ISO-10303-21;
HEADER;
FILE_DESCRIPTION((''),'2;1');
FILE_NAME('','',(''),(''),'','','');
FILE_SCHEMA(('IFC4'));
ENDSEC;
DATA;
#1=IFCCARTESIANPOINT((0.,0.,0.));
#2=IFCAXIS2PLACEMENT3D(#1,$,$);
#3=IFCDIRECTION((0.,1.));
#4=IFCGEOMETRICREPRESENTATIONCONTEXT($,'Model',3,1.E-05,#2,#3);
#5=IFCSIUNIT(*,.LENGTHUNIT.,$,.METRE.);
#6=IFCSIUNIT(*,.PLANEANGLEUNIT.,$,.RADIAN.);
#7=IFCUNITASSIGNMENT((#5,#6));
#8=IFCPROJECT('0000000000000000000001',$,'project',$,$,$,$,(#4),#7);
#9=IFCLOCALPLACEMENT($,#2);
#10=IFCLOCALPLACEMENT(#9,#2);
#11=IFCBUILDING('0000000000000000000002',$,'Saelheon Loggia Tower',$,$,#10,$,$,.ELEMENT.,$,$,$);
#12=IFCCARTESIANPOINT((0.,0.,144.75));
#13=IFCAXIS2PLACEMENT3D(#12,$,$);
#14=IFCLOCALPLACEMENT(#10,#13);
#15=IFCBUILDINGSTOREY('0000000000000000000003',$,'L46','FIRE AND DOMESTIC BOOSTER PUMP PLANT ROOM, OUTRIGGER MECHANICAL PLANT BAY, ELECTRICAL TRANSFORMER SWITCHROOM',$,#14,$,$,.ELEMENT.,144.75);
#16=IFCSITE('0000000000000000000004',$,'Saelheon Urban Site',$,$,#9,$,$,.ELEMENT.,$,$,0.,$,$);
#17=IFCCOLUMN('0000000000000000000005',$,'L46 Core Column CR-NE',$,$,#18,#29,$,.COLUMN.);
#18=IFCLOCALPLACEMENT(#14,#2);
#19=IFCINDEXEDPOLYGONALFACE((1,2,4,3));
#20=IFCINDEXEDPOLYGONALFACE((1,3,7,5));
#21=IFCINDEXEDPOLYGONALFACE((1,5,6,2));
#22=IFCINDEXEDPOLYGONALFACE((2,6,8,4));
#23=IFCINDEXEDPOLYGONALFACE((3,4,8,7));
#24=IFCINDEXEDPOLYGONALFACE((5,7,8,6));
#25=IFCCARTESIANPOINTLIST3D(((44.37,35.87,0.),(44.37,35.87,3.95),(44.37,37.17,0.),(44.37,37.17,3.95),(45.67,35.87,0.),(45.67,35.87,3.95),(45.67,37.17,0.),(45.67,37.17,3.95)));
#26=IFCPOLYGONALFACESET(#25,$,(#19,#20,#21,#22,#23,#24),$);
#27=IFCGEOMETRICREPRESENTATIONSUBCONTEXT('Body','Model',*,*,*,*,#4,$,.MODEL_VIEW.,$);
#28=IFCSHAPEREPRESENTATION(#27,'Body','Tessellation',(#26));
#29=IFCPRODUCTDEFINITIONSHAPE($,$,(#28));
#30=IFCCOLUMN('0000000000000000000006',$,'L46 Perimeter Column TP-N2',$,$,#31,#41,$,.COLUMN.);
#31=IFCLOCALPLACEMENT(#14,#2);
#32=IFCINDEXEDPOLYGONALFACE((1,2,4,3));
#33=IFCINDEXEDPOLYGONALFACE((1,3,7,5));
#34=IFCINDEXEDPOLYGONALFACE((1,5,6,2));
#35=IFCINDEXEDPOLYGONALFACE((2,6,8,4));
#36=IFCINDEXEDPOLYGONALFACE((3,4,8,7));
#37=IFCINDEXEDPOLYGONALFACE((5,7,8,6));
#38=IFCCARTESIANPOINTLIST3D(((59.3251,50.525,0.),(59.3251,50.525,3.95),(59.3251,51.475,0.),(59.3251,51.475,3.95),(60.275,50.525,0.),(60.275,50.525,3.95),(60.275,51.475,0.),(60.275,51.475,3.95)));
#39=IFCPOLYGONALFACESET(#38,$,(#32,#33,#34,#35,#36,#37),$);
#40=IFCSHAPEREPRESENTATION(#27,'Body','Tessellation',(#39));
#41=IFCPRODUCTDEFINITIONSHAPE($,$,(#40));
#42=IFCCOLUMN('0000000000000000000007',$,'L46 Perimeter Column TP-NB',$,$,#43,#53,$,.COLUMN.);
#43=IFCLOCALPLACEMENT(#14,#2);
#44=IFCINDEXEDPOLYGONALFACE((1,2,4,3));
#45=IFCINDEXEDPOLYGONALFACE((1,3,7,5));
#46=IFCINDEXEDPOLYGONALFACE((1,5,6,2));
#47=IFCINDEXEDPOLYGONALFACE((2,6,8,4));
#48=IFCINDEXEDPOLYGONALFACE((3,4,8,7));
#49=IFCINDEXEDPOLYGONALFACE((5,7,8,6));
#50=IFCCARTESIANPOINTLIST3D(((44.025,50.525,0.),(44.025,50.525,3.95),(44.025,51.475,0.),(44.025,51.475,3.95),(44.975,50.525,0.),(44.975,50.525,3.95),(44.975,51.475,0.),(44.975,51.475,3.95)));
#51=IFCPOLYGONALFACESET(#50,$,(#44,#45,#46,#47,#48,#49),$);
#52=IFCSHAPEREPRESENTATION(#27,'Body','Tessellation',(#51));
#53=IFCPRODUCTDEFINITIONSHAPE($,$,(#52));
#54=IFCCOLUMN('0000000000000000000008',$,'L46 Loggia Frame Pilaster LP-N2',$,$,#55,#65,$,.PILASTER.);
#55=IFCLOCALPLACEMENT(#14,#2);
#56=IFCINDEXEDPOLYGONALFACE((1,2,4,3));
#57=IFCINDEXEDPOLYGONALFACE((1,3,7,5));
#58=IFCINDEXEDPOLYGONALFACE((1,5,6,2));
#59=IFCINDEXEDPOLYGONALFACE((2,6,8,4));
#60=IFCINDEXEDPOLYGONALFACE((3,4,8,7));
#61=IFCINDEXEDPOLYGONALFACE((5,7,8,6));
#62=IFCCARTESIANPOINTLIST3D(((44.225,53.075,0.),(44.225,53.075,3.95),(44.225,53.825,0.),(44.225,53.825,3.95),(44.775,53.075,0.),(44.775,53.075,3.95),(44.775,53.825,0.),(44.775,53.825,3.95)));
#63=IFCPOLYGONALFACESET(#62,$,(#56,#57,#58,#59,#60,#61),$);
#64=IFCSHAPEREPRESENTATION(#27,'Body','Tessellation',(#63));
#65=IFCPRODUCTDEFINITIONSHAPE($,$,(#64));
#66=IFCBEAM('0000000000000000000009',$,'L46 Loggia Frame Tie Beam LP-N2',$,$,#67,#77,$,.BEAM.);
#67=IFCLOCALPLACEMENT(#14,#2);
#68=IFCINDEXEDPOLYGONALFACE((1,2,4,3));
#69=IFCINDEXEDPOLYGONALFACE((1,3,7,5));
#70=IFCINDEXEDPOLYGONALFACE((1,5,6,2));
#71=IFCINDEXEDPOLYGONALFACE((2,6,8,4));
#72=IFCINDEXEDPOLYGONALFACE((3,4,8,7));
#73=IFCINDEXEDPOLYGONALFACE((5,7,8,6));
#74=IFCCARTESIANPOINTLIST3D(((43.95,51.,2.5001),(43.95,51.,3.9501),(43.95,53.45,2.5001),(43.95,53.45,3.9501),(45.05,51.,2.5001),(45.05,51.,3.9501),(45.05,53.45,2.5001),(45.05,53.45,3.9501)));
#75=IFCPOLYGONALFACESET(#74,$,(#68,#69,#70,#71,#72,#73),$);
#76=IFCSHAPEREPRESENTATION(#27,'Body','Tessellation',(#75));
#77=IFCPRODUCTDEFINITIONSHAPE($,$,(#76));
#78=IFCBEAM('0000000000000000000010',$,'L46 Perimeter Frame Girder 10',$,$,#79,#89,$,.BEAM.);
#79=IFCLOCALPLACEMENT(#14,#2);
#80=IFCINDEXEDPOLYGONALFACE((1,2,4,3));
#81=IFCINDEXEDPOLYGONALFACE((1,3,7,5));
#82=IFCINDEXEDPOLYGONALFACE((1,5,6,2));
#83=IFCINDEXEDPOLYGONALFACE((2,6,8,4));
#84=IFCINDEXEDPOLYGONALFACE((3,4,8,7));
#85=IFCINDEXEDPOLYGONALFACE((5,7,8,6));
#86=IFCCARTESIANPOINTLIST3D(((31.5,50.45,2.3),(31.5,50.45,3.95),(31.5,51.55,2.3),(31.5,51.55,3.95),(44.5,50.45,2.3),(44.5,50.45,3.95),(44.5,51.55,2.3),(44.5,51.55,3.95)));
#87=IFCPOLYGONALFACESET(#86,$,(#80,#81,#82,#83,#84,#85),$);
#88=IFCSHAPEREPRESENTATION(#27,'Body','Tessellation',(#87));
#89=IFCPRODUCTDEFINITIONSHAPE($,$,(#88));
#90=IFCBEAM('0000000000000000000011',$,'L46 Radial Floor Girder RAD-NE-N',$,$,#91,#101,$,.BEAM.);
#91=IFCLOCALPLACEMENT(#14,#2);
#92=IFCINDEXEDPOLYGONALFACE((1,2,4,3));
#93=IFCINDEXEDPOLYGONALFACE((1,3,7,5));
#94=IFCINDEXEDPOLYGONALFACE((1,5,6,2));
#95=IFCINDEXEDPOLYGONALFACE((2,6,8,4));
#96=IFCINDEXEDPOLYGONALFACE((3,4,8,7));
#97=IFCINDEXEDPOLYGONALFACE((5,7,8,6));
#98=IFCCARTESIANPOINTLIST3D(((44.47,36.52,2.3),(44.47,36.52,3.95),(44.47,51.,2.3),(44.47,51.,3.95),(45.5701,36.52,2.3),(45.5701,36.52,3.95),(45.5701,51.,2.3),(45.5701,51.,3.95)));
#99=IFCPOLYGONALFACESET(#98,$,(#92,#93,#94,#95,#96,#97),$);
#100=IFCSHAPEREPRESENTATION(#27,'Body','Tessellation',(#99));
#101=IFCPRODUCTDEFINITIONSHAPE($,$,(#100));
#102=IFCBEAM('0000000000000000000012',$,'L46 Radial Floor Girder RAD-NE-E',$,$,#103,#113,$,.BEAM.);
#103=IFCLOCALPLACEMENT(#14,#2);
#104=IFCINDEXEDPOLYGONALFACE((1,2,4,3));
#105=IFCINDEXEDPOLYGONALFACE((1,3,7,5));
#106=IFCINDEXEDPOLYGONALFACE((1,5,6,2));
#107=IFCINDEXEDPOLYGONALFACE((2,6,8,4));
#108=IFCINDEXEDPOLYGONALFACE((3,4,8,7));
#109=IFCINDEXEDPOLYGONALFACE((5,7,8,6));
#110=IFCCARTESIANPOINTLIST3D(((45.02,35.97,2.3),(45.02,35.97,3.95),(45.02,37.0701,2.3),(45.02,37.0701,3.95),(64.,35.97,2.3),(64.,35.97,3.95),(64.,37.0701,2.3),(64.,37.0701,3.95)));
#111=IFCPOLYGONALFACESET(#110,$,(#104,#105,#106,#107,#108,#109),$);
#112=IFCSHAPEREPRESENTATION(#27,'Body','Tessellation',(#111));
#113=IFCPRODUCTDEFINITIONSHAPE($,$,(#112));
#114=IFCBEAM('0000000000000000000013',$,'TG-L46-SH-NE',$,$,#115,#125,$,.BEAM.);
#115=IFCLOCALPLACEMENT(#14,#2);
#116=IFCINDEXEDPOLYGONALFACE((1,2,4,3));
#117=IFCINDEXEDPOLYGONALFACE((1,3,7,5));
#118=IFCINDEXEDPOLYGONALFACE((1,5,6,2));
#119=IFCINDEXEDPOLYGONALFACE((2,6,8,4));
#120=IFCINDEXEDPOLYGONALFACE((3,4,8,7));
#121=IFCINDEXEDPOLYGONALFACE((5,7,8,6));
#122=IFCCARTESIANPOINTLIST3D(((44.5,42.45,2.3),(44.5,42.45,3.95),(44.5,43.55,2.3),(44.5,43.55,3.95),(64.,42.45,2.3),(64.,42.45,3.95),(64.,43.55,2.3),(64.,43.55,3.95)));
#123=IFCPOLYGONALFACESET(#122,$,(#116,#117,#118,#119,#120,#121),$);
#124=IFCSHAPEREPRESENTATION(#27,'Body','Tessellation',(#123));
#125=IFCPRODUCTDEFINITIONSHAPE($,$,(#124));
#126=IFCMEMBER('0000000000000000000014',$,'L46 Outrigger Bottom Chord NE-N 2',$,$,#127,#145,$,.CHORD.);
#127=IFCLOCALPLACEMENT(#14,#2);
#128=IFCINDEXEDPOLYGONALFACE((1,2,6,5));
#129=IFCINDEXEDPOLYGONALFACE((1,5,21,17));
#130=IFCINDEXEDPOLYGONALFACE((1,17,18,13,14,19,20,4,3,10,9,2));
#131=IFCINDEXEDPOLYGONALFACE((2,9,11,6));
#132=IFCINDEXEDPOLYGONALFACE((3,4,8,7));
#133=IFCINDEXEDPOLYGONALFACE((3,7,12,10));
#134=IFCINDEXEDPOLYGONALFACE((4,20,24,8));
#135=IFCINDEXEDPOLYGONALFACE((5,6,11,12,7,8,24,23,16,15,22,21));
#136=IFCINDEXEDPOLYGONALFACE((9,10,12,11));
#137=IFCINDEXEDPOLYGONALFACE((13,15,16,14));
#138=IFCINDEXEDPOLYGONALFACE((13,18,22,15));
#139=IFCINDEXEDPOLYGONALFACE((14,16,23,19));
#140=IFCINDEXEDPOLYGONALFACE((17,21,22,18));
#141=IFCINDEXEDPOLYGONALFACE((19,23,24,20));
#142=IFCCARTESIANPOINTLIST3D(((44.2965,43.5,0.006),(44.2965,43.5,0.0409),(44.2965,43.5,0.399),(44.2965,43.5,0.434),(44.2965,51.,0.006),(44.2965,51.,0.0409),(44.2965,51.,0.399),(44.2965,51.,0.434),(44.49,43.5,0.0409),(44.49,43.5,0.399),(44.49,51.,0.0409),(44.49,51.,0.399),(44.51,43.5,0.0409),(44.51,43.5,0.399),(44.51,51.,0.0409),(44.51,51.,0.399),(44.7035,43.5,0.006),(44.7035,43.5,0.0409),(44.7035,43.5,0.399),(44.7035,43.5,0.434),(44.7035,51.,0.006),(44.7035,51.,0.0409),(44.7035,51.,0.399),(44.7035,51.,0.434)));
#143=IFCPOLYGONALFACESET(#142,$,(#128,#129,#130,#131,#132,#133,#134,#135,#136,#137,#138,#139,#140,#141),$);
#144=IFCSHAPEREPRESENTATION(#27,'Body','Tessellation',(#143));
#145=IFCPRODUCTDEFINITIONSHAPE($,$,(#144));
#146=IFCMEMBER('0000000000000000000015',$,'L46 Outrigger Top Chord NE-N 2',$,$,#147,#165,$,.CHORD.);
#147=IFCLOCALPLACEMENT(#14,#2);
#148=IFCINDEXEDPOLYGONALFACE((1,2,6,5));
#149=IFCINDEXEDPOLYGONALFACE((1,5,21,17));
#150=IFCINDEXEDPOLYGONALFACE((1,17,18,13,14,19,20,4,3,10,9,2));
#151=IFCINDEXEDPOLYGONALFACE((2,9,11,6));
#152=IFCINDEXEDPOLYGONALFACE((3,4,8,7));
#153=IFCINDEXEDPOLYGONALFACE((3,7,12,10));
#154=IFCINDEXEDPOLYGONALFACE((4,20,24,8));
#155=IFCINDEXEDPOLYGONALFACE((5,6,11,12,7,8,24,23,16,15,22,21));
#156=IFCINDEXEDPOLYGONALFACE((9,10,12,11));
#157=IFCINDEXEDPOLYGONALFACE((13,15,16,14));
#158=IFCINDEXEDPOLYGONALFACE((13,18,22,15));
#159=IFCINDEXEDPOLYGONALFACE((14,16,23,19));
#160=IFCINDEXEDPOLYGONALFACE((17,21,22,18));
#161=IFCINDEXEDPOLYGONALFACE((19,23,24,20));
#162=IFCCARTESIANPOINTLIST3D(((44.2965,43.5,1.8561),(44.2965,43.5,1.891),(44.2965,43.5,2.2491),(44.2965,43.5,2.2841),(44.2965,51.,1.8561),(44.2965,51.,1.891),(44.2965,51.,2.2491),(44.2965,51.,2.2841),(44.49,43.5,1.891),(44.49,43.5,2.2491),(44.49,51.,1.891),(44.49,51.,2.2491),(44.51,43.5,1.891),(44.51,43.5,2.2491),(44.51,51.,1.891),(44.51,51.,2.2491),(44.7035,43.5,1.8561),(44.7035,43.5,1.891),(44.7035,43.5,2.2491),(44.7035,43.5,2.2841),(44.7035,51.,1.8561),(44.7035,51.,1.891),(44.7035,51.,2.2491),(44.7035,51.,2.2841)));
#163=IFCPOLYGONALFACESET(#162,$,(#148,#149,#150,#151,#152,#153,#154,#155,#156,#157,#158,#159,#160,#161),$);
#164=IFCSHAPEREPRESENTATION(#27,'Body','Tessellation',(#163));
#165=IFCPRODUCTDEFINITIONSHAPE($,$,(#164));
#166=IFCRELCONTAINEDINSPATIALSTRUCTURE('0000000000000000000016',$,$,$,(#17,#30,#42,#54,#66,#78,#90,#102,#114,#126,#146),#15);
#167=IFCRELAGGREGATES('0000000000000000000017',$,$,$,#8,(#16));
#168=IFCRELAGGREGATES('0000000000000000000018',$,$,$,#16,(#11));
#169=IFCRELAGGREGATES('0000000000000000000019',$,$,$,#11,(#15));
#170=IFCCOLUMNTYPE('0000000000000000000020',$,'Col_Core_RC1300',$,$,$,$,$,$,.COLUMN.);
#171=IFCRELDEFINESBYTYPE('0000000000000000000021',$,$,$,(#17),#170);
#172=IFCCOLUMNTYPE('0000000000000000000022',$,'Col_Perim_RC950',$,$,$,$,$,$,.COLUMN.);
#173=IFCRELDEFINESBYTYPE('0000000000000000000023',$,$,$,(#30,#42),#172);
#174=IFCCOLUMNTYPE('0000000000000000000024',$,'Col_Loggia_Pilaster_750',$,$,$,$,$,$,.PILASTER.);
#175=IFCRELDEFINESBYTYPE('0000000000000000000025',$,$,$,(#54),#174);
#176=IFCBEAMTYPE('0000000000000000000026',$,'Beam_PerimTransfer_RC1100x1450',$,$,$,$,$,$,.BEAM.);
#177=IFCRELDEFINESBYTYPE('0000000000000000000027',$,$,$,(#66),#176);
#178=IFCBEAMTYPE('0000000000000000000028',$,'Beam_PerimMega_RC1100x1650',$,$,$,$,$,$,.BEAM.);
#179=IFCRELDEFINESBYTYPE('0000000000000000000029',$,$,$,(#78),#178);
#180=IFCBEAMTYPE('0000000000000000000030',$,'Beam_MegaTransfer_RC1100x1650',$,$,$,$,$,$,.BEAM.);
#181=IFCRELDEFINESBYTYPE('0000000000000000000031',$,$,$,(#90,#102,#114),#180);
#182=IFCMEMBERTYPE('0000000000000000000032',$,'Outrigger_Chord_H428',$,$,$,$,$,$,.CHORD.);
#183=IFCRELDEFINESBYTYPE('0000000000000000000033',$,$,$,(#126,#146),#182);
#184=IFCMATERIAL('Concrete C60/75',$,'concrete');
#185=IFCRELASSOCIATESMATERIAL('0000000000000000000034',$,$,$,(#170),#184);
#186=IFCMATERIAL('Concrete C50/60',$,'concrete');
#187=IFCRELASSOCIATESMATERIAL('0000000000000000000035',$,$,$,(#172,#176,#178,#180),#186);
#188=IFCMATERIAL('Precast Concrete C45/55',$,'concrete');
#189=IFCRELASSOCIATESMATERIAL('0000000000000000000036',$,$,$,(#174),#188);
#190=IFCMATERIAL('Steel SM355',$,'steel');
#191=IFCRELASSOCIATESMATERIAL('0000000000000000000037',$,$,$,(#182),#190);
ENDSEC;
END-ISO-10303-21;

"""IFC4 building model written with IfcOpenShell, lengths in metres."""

from ifc_helpers import new_model, si_unit, direction, frame, origin, origin_2d, place, context, subcontext, project, spatial, rectangle, i_section, extrude, source, transform, mapped, material, material_profile, profile_set, type_object, element, save


model = new_model("IFC4")

# Units and contexts
model_context = context("Model", 3, precision=1e-05, world=origin(), true_north=direction((0.0, 1.0)))
body_context = subcontext(model_context, "Body", "Model", "MODEL_VIEW")
ifc_project = project(units=[si_unit("LENGTHUNIT", "METRE"), si_unit("PLANEANGLEUNIT", "RADIAN")], contexts=[model_context])

# Site, building, storey
site_placement = place(None, origin())
site = spatial("IfcSite", under=ifc_project, at=site_placement, Name="Saelheon Urban Site", CompositionType="ELEMENT", RefElevation=0.0)
building_placement = place(site_placement, origin())
building = spatial("IfcBuilding", under=site, at=building_placement, Name="Saelheon Loggia Tower", CompositionType="ELEMENT")
storey_placement = place(building_placement, frame((0.0, 0.0, 144.75)))
storey = spatial("IfcBuildingStorey", under=building, at=storey_placement, Name="L46", Description="FIRE AND DOMESTIC BOOSTER PUMP PLANT ROOM, OUTRIGGER MECHANICAL PLANT BAY, ELECTRICAL TRANSFORMER SWITCHROOM", CompositionType="ELEMENT", Elevation=144.75)

# Columns
ifc_material_1 = material(Name="Concrete C60/75", Category="concrete")
ifc_material_profile_1 = material_profile(ifc_material_1, rectangle(XDim=1.3, YDim=1.3, at=origin_2d()), Name="RC-1300x1300")
ifc_profile_set_1 = profile_set([ifc_material_profile_1], Name="Concrete C60/75")
column_type_1 = type_object("IfcColumnType", Name="Col_Core_RC1300", PredefinedType="COLUMN", material=ifc_profile_set_1)
shared_shape_1 = source(origin(), body_context, "Body", "SweptSolid", [
    extrude(rectangle(XDim=1.3, YDim=1.3, at=origin_2d()), origin(), (0.0, 0.0, 1.0), 3.95),
])
column_1_placement = place(storey_placement, frame((45.02, 36.52, 0.0), z_axis=(0.0, 0.0, 1.0), x_axis=(1.0, 0.0, 0.0)))
element("IfcColumn", 1, at=column_1_placement, inside=storey, type_object=column_type_1, Name="L46 Core Column CR-NE", PredefinedType="COLUMN", context=body_context, shape_type="MappedRepresentation", body=[
    mapped(shared_shape_1, transform((0.0, 0.0, 0.0), scale=1.0)),
])
ifc_material_2 = material(Name="Concrete C50/60", Category="concrete")
ifc_material_profile_2 = material_profile(ifc_material_2, rectangle(XDim=0.95, YDim=0.95, at=origin_2d()), Name="RC-950x950")
ifc_profile_set_2 = profile_set([ifc_material_profile_2], Name="Concrete C50/60")
column_type_2 = type_object("IfcColumnType", Name="Col_Perim_RC950", PredefinedType="COLUMN", material=ifc_profile_set_2)
shared_shape_2 = source(origin(), body_context, "Body", "SweptSolid", [
    extrude(rectangle(XDim=0.95, YDim=0.95, at=origin_2d()), origin(), (0.0, 0.0, 1.0), 3.95),
])
for number, where, z_axis, x_axis, name in (
    (2, (59.8, 51.0, 0.0), (0.0, 0.0, 1.0), (1.0, 0.0, 0.0), "L46 Perimeter Column TP-N2"),
    (3, (44.5, 51.0, 0.0), (0.0, 0.0, 1.0), (1.0, 0.0, 0.0), "L46 Perimeter Column TP-NB"),
):
    element("IfcColumn", number, at=place(storey_placement, frame(where, z_axis=z_axis, x_axis=x_axis)), inside=storey, type_object=column_type_2, Name=name, PredefinedType="COLUMN", context=body_context, shape_type="MappedRepresentation", body=[
        mapped(shared_shape_2, transform((0.0, 0.0, 0.0), scale=1.0)),
    ])
ifc_material_3 = material(Name="Precast Concrete C45/55", Category="concrete")
ifc_material_profile_3 = material_profile(ifc_material_3, rectangle(XDim=0.55, YDim=0.75, at=origin_2d()), Name="RC-550x750")
ifc_profile_set_3 = profile_set([ifc_material_profile_3], Name="Precast Concrete C45/55")
column_type_3 = type_object("IfcColumnType", Name="Col_Loggia_Pilaster_750", PredefinedType="PILASTER", material=ifc_profile_set_3)
shared_shape_3 = source(origin(), body_context, "Body", "SweptSolid", [
    extrude(rectangle(XDim=0.55, YDim=0.75, at=origin_2d()), origin(), (0.0, 0.0, 1.0), 3.95),
])
column_2_placement = place(storey_placement, frame((44.5, 53.45, 0.0), z_axis=(0.0, 0.0, 1.0), x_axis=(1.0, 0.0, 0.0)))
element("IfcColumn", 4, at=column_2_placement, inside=storey, type_object=column_type_3, Name="L46 Loggia Frame Pilaster LP-N2", PredefinedType="PILASTER", context=body_context, shape_type="MappedRepresentation", body=[
    mapped(shared_shape_3, transform((0.0, 0.0, 0.0), scale=1.0)),
])

# Beams
ifc_material_profile_4 = material_profile(ifc_material_2, rectangle(XDim=1.1001, YDim=1.45, at=origin_2d()), Name="RC-1100x1450")
ifc_profile_set_4 = profile_set([ifc_material_profile_4], Name="Concrete C50/60")
beam_type_1 = type_object("IfcBeamType", Name="Beam_PerimTransfer_RC1100x1450", PredefinedType="BEAM", material=ifc_profile_set_4)
shared_shape_4 = source(origin(), body_context, "Body", "SweptSolid", [
    extrude(rectangle(XDim=1.1001, YDim=1.45, at=origin_2d()), origin(), (0.0, 0.0, 1.0), 2.45),
])
beam_1_placement = place(storey_placement, frame((44.5, 51.0, 3.2251), z_axis=(0.0, 1.0, 0.0), x_axis=(-1.0, 0.0, 0.0)))
element("IfcBeam", 5, at=beam_1_placement, inside=storey, type_object=beam_type_1, Name="L46 Loggia Frame Tie Beam LP-N2", PredefinedType="BEAM", context=body_context, shape_type="MappedRepresentation", body=[
    mapped(shared_shape_4, transform((0.0, 0.0, 0.0), scale=1.0)),
])
ifc_material_profile_5 = material_profile(ifc_material_2, rectangle(XDim=1.1001, YDim=1.6499, at=origin_2d()), Name="RC-1100x1650")
ifc_profile_set_5 = profile_set([ifc_material_profile_5], Name="Concrete C50/60")
beam_type_2 = type_object("IfcBeamType", Name="Beam_PerimMega_RC1100x1650", PredefinedType="BEAM", material=ifc_profile_set_5)
shared_shape_5 = source(origin(), body_context, "Body", "SweptSolid", [
    extrude(rectangle(XDim=1.1001, YDim=1.6499, at=origin_2d()), origin(), (0.0, 0.0, 1.0), 13.0),
])
beam_2_placement = place(storey_placement, frame((44.5, 51.0, 3.125), z_axis=(-1.0, 0.0, 0.0), x_axis=(0.0, -1.0, 0.0)))
element("IfcBeam", 6, at=beam_2_placement, inside=storey, type_object=beam_type_2, Name="L46 Perimeter Frame Girder 10", PredefinedType="BEAM", context=body_context, shape_type="MappedRepresentation", body=[
    mapped(shared_shape_5, transform((0.0, 0.0, 0.0), scale=1.0)),
])
ifc_material_profile_6 = material_profile(ifc_material_2, rectangle(XDim=1.1001, YDim=1.6499, at=origin_2d()), Name="RC-1100x1650")
ifc_profile_set_6 = profile_set([ifc_material_profile_6], Name="Concrete C50/60")
beam_type_3 = type_object("IfcBeamType", Name="Beam_MegaTransfer_RC1100x1650", PredefinedType="BEAM", material=ifc_profile_set_6)
shared_shape_6 = source(origin(), body_context, "Body", "SweptSolid", [
    extrude(rectangle(XDim=1.1001, YDim=1.6499, at=origin_2d()), origin(), (0.0, 0.0, 1.0), 14.48),
])
beam_3_placement = place(storey_placement, frame((45.02, 36.52, 3.125), z_axis=(0.0, 1.0, 0.0), x_axis=(-1.0, 0.0, 0.0)))
element("IfcBeam", 7, at=beam_3_placement, inside=storey, type_object=beam_type_3, Name="L46 Radial Floor Girder RAD-NE-N", PredefinedType="BEAM", context=body_context, shape_type="MappedRepresentation", body=[
    mapped(shared_shape_6, transform((0.0, 0.0, 0.0), scale=1.0)),
])
shared_shape_7 = source(origin(), body_context, "Body", "SweptSolid", [
    extrude(rectangle(XDim=1.1001, YDim=1.6499, at=origin_2d()), origin(), (0.0, 0.0, 1.0), 18.98),
])
beam_4_placement = place(storey_placement, frame((45.02, 36.52, 3.125), z_axis=(1.0, 0.0, 0.0), x_axis=(0.0, 1.0, 0.0)))
element("IfcBeam", 8, at=beam_4_placement, inside=storey, type_object=beam_type_3, Name="L46 Radial Floor Girder RAD-NE-E", PredefinedType="BEAM", context=body_context, shape_type="MappedRepresentation", body=[
    mapped(shared_shape_7, transform((0.0, 0.0, 0.0), scale=1.0)),
])
shared_shape_8 = source(origin(), body_context, "Body", "SweptSolid", [
    extrude(rectangle(XDim=1.1001, YDim=1.6499, at=origin_2d()), origin(), (0.0, 0.0, 1.0), 19.5),
])
beam_5_placement = place(storey_placement, frame((44.5, 43.0, 3.125), z_axis=(1.0, 0.0, 0.0), x_axis=(0.0, 1.0, 0.0)))
element("IfcBeam", 9, at=beam_5_placement, inside=storey, type_object=beam_type_3, Name="TG-L46-SH-NE", PredefinedType="BEAM", context=body_context, shape_type="MappedRepresentation", body=[
    mapped(shared_shape_8, transform((0.0, 0.0, 0.0), scale=1.0)),
])

# Members
ifc_material_4 = material(Name="Steel SM355", Category="steel")
ifc_material_profile_7 = material_profile(ifc_material_4, i_section(OverallWidth=0.407, OverallDepth=0.428, WebThickness=0.02, FlangeThickness=0.0349, at=origin_2d()), Name="H-428x407x20x35")
ifc_profile_set_7 = profile_set([ifc_material_profile_7], Name="Steel SM355")
member_type_1 = type_object("IfcMemberType", Name="Outrigger_Chord_H428", PredefinedType="CHORD", material=ifc_profile_set_7)
shared_shape_9 = source(origin(), body_context, "Body", "SweptSolid", [
    extrude(i_section(OverallWidth=0.407, OverallDepth=0.428, WebThickness=0.02, FlangeThickness=0.0349, at=origin_2d()), origin(), (0.0, 0.0, 1.0), 7.5),
])
for number, where, z_axis, x_axis, name in (
    (10, (44.5, 43.5, 0.22), (0.0, 1.0, 0.0), (-1.0, 0.0, 0.0), "L46 Outrigger Bottom Chord NE-N 2"),
    (11, (44.5, 43.5, 2.0701), (0.0, 1.0, 0.0), (-1.0, 0.0, 0.0), "L46 Outrigger Top Chord NE-N 2"),
):
    element("IfcMember", number, at=place(storey_placement, frame(where, z_axis=z_axis, x_axis=x_axis)), inside=storey, type_object=member_type_1, Name=name, PredefinedType="CHORD", context=body_context, shape_type="MappedRepresentation", body=[
        mapped(shared_shape_9, transform((0.0, 0.0, 0.0), scale=1.0)),
    ])

save(model, "model.ifc")
